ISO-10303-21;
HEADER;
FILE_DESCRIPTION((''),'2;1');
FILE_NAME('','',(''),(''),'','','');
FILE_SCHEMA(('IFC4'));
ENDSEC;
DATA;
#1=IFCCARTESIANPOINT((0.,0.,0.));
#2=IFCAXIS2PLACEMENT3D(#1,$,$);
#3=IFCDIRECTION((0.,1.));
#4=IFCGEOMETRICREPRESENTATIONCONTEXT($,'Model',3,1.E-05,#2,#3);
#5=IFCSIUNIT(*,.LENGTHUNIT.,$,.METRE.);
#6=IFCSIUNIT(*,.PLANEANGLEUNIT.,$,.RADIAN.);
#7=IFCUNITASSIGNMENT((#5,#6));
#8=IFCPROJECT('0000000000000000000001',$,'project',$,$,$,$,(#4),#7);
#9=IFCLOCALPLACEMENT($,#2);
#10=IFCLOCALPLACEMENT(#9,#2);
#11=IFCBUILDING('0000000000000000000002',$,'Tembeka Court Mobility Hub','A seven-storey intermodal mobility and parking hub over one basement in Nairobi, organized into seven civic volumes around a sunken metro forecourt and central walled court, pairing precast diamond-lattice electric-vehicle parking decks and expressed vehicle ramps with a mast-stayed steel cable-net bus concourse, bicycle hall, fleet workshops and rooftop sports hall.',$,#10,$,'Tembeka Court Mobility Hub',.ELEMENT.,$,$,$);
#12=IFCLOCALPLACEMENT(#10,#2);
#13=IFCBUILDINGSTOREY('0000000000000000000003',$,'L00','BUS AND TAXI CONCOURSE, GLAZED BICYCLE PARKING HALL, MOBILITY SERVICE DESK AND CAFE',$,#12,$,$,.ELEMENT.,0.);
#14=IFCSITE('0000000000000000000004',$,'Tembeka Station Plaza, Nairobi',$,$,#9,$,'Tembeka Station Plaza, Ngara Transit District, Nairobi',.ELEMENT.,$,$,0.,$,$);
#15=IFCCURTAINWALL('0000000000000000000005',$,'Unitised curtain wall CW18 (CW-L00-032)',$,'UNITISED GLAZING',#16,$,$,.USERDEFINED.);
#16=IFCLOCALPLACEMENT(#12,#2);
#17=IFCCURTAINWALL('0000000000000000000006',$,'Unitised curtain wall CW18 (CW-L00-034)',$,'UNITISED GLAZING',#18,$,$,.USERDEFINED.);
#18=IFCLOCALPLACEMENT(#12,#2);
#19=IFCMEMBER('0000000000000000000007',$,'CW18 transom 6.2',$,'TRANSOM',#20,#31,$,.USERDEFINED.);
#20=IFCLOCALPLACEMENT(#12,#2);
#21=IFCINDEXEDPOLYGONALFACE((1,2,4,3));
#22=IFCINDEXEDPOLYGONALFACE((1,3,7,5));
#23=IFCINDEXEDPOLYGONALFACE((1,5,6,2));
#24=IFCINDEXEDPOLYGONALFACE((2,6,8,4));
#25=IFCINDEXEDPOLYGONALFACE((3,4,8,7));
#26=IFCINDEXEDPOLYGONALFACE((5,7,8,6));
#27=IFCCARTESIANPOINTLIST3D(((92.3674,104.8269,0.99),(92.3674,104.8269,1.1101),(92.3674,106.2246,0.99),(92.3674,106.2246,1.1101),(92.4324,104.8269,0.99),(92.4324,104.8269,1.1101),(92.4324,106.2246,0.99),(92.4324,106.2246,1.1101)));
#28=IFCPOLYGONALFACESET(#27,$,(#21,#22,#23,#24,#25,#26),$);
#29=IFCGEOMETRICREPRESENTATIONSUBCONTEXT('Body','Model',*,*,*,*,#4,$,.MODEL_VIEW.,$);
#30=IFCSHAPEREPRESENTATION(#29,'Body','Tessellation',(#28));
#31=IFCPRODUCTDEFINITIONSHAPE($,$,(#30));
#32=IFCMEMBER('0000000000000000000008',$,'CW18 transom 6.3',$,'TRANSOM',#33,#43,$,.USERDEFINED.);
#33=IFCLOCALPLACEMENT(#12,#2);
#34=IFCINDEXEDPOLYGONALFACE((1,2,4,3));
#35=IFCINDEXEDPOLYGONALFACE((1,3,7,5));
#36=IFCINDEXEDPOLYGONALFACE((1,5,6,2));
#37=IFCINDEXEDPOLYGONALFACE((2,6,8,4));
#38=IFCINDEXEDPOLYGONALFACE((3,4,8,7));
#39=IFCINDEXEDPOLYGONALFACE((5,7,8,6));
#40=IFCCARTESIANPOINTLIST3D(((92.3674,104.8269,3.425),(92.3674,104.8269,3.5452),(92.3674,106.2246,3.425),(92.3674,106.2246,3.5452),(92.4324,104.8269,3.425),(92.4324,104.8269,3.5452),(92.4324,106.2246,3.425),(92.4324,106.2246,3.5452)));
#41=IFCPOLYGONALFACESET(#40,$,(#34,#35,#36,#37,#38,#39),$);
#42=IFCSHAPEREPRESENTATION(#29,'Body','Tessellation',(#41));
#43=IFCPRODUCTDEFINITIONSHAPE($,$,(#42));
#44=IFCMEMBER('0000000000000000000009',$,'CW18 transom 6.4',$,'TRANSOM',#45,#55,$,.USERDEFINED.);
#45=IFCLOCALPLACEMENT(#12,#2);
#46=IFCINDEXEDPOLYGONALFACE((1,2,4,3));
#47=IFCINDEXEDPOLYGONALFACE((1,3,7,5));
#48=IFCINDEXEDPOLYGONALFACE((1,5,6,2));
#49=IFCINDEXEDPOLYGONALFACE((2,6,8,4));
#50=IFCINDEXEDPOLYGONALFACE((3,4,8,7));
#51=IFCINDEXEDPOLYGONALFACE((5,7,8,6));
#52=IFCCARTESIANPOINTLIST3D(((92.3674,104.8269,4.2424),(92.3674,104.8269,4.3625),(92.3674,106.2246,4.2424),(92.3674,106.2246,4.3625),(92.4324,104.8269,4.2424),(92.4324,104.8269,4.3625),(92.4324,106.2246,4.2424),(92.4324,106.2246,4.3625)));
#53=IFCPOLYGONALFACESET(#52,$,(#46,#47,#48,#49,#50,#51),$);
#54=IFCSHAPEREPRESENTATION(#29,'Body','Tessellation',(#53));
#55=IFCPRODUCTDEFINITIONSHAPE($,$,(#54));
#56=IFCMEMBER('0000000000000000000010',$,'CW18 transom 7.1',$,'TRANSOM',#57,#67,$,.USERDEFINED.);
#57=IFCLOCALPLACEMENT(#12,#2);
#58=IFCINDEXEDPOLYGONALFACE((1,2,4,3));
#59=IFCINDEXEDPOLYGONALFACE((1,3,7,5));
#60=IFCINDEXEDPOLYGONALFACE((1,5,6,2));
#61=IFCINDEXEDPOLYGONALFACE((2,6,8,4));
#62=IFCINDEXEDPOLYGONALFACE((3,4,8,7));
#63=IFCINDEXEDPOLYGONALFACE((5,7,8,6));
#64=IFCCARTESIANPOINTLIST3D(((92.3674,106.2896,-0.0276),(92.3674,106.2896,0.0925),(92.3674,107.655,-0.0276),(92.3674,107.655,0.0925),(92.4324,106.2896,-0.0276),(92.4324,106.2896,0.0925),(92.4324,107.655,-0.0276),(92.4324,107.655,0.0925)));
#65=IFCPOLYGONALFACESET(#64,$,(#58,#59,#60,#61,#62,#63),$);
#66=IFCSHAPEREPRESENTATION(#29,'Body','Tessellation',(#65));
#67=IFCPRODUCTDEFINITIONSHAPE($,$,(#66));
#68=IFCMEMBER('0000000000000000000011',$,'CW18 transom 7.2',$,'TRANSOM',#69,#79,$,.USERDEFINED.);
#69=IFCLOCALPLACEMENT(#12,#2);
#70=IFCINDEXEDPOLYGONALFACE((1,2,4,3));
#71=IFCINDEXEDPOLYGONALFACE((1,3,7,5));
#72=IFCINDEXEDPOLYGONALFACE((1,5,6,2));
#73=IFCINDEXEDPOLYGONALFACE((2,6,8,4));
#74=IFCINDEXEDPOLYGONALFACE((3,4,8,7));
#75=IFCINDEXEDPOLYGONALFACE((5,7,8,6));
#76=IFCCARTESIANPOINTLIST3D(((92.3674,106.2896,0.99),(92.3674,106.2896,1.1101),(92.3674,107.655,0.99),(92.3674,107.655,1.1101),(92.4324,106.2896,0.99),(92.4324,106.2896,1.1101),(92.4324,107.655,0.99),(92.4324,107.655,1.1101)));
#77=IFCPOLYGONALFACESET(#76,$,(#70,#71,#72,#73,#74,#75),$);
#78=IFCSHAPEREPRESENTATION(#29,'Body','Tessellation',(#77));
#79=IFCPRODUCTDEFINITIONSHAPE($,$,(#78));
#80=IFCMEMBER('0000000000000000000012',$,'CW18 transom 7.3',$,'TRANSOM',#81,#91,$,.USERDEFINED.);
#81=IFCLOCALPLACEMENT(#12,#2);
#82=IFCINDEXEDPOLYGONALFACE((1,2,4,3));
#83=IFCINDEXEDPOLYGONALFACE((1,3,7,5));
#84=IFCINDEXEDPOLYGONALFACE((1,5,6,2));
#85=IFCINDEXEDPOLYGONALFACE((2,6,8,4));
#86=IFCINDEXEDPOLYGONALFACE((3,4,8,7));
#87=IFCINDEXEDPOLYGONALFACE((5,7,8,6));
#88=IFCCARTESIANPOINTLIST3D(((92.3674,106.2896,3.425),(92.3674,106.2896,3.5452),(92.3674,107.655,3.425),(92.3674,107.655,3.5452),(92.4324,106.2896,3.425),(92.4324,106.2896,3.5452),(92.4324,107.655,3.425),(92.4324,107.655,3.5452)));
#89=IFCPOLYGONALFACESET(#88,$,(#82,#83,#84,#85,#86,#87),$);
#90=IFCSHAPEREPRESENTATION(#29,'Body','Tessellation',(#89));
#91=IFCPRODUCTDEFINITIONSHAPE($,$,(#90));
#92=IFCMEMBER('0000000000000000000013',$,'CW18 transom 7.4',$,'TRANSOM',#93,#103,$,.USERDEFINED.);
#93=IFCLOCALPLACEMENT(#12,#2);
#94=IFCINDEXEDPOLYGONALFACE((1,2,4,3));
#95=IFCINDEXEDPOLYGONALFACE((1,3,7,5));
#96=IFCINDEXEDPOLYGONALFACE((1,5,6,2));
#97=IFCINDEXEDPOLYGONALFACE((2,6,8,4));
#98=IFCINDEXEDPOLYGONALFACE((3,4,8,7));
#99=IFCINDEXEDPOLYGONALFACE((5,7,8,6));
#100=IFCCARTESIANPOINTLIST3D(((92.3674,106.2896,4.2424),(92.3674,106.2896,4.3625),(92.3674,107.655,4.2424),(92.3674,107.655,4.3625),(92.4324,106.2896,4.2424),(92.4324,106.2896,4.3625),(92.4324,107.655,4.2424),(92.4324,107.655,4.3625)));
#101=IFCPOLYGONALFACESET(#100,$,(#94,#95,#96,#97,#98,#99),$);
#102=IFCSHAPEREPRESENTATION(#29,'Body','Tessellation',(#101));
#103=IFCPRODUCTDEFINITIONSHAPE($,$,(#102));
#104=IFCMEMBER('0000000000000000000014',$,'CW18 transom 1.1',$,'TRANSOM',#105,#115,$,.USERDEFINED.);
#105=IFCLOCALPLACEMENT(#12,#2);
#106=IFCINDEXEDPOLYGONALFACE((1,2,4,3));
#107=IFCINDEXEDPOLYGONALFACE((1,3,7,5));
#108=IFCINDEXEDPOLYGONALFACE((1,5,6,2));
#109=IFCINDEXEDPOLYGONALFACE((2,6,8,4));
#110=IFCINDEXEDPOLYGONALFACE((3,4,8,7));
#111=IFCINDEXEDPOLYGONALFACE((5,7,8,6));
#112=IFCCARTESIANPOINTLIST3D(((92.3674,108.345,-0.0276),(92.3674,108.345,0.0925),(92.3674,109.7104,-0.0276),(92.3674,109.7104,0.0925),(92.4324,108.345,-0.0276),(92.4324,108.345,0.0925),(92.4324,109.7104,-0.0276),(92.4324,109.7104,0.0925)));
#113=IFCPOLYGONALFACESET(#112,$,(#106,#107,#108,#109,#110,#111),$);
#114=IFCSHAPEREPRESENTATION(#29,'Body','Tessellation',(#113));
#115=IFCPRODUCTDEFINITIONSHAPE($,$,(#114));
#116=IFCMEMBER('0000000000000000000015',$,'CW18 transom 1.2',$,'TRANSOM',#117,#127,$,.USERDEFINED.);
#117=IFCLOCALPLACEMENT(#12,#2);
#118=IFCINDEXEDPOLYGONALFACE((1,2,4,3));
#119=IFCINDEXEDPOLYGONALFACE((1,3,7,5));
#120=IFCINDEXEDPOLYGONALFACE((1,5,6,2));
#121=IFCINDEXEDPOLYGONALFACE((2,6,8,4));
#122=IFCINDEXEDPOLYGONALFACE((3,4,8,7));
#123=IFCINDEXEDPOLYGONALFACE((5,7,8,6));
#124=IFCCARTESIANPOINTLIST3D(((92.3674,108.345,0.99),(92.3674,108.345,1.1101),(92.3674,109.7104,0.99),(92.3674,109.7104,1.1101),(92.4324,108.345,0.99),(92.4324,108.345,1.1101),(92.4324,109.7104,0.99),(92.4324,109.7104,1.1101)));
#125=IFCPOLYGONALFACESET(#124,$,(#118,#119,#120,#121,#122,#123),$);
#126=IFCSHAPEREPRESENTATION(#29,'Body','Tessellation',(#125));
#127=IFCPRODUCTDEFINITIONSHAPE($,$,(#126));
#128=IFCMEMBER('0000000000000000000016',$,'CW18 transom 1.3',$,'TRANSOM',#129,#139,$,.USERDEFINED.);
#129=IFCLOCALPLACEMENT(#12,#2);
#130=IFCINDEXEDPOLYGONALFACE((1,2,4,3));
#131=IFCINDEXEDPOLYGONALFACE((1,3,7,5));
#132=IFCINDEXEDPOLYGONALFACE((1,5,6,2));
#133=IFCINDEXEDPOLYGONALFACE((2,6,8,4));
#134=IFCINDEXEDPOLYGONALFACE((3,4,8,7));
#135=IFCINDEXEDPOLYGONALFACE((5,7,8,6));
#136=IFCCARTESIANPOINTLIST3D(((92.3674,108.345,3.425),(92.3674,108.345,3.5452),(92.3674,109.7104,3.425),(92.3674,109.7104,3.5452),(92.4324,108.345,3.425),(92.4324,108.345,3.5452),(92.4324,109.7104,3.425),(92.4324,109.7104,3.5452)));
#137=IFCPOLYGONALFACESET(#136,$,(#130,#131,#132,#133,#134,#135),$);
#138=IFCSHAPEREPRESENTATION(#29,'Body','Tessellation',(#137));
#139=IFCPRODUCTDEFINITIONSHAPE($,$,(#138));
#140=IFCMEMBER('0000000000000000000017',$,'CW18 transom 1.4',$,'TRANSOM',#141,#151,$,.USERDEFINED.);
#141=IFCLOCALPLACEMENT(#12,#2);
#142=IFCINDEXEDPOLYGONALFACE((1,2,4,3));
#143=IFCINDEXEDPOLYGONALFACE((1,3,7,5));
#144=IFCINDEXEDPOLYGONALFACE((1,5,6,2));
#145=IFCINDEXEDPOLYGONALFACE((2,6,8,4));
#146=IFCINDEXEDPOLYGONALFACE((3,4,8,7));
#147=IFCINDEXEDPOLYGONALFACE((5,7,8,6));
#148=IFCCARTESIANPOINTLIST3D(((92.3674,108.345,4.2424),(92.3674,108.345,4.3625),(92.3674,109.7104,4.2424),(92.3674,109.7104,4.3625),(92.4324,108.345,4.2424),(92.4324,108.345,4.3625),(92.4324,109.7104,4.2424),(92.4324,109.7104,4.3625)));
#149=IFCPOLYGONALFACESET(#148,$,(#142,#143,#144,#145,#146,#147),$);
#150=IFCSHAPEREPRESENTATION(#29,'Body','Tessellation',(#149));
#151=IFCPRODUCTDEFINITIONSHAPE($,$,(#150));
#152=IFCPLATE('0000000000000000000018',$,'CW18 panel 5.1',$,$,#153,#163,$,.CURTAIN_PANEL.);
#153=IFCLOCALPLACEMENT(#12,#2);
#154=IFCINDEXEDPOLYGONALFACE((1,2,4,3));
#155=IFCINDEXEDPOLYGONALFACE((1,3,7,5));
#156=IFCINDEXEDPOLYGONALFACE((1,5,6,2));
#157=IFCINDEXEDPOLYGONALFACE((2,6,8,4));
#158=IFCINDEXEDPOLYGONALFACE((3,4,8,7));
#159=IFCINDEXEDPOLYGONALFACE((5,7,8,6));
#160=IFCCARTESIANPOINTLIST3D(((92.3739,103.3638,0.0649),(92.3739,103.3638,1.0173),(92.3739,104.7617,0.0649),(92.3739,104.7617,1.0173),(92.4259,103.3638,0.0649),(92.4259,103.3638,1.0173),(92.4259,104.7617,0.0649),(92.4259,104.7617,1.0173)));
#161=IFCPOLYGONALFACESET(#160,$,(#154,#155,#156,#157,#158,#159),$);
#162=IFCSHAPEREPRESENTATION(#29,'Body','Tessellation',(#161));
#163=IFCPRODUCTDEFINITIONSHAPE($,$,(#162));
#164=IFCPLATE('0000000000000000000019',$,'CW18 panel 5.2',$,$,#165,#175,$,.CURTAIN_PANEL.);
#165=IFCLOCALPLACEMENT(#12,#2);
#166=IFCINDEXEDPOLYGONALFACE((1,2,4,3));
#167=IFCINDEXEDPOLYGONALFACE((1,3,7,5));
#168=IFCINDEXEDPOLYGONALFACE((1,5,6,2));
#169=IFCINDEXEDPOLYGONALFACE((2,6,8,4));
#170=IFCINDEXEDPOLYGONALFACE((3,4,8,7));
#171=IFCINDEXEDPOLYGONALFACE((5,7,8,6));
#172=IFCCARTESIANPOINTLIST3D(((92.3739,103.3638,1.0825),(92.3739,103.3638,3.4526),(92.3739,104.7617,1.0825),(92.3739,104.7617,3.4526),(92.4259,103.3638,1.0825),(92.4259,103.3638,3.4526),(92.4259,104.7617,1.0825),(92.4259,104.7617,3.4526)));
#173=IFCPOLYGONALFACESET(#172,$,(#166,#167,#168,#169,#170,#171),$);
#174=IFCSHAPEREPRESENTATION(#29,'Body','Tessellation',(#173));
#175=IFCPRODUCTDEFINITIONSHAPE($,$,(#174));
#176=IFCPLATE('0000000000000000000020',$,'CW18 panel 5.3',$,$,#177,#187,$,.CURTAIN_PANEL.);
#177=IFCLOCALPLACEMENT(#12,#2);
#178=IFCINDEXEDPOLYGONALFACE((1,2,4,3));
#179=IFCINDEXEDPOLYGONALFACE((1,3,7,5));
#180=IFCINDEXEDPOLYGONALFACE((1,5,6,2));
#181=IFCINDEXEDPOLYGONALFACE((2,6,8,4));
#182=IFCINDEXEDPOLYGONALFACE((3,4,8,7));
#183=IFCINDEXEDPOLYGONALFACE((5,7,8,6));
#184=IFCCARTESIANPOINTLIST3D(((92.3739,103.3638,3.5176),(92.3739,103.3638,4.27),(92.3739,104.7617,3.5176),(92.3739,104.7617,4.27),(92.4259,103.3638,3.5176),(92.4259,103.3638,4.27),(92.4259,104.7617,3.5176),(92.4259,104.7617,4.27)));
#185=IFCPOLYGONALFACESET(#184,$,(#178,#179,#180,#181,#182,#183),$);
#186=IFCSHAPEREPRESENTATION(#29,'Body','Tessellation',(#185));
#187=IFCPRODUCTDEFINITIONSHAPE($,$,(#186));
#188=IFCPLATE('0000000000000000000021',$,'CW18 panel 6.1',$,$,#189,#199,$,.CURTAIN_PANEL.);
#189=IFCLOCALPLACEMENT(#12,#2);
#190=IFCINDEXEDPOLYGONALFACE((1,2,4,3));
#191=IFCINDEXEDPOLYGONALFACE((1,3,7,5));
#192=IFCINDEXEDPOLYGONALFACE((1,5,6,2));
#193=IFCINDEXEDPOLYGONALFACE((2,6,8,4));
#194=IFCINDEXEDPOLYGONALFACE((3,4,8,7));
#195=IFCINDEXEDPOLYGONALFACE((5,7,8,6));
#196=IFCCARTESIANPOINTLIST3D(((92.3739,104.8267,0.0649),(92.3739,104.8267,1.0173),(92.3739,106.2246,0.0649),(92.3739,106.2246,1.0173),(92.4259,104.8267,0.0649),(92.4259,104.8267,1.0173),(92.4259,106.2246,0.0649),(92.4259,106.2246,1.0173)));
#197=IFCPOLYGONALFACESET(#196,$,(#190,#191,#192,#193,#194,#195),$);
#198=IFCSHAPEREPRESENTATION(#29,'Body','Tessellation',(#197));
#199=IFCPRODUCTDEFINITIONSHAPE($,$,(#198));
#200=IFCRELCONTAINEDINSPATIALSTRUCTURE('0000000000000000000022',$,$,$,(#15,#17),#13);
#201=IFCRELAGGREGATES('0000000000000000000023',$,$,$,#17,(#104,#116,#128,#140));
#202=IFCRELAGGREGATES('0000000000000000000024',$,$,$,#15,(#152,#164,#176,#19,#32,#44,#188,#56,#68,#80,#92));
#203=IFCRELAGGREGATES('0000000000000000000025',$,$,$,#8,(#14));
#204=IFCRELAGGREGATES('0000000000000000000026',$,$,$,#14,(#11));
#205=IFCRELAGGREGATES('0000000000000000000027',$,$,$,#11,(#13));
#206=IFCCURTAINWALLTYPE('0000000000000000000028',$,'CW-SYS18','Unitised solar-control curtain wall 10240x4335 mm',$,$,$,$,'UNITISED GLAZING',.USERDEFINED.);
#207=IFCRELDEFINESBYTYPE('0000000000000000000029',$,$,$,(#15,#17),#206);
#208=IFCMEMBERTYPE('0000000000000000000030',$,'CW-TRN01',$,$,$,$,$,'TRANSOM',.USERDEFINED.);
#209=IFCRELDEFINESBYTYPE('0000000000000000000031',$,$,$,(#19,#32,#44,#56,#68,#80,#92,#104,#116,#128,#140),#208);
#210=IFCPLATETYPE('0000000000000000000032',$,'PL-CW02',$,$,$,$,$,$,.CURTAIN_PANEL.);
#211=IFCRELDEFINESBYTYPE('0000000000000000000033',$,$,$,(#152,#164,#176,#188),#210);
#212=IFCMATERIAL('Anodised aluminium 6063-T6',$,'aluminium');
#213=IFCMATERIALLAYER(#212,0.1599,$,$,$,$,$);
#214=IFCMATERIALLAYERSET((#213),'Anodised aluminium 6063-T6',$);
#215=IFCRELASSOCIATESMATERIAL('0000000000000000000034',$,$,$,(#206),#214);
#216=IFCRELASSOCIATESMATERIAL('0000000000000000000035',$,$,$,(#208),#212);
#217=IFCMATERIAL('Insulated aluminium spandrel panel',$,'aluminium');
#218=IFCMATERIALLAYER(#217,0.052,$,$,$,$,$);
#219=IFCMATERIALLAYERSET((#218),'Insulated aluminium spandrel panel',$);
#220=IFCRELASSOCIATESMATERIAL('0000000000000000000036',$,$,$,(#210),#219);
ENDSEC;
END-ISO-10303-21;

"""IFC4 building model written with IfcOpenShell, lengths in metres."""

from ifc_helpers import new_model, si_unit, direction, frame, origin, origin_2d, place, context, subcontext, project, spatial, rectangle, extrude, material, layer, layer_set, material_profile, profile_set, type_object, element, aggregate, save


model = new_model("IFC4")

# Units and contexts
model_context = context("Model", 3, precision=1e-05, world=origin(), true_north=direction((0.0, 1.0)))
body_context = subcontext(model_context, "Body", "Model", "MODEL_VIEW")
ifc_project = project(units=[si_unit("LENGTHUNIT", "METRE"), si_unit("PLANEANGLEUNIT", "RADIAN")], contexts=[model_context])

# Site, building, storey
site_placement = place(None, origin())
site = spatial("IfcSite", under=ifc_project, at=site_placement, Name="Tembeka Station Plaza, Nairobi", LongName="Tembeka Station Plaza, Ngara Transit District, Nairobi", CompositionType="ELEMENT", RefElevation=0.0)
building_placement = place(site_placement, origin())
building = spatial("IfcBuilding", under=site, at=building_placement, Name="Tembeka Court Mobility Hub", Description="A seven-storey intermodal mobility and parking hub over one basement in Nairobi, organized into seven civic volumes around a sunken metro forecourt and central walled court, pairing precast diamond-lattice electric-vehicle parking decks and expressed vehicle ramps with a mast-stayed steel cable-net bus concourse, bicycle hall, fleet workshops and rooftop sports hall.", LongName="Tembeka Court Mobility Hub", CompositionType="ELEMENT")
storey_placement = place(building_placement, origin())
storey = spatial("IfcBuildingStorey", under=building, at=storey_placement, Name="L00", Description="BUS AND TAXI CONCOURSE, GLAZED BICYCLE PARKING HALL, MOBILITY SERVICE DESK AND CAFE", CompositionType="ELEMENT", Elevation=0.0)

# Curtain wall
ifc_material_1 = material(Name="Anodised aluminium 6063-T6", Category="aluminium")
ifc_layer_1 = layer(ifc_material_1, 0.1599)
ifc_layer_set_1 = layer_set([ifc_layer_1], Name="Anodised aluminium 6063-T6")
curtain_wall_type = type_object("IfcCurtainWallType", Name="CW-SYS18", Description="Unitised solar-control curtain wall 10240x4335 mm", ElementType="UNITISED GLAZING", PredefinedType="USERDEFINED", material=ifc_layer_set_1)
curtain_wall_1_placement = place(storey_placement, origin())
curtain_wall_1 = element("IfcCurtainWall", 1, at=curtain_wall_1_placement, inside=storey, type_object=curtain_wall_type, Name="Unitised curtain wall CW18 (CW-L00-032)", ObjectType="UNITISED GLAZING", PredefinedType="USERDEFINED")

# Curtain wall
curtain_wall_2_placement = place(storey_placement, origin())
curtain_wall_2 = element("IfcCurtainWall", 2, at=curtain_wall_2_placement, inside=storey, type_object=curtain_wall_type, Name="Unitised curtain wall CW18 (CW-L00-034)", ObjectType="UNITISED GLAZING", PredefinedType="USERDEFINED")

# Members
ifc_material_profile_1 = material_profile(ifc_material_1, rectangle(XDim=0.0649, YDim=0.1201, at=origin_2d()), Name="ALU-TRN 65x120")
ifc_profile_set_1 = profile_set([ifc_material_profile_1], Name="Anodised aluminium 6063-T6")
member_type_1 = type_object("IfcMemberType", Name="CW-TRN01", ElementType="TRANSOM", PredefinedType="USERDEFINED", material=ifc_profile_set_1)
member_1_placement = place(storey_placement, frame((92.3999, 104.8269, 1.05), z_axis=(0.0, 1.0, 0.0), x_axis=(-1.0, 0.0, 0.0)))
member_1 = element("IfcMember", 3, at=member_1_placement, type_object=member_type_1, Name="CW18 transom 6.2", ObjectType="TRANSOM", PredefinedType="USERDEFINED", context=body_context, shape_type="SweptSolid", body=[
    extrude(rectangle(XDim=0.0649, YDim=0.1201, at=origin_2d()), origin(), (0.0, 0.0, 1.0), 1.3977),
])
member_2_placement = place(storey_placement, frame((92.3999, 104.8269, 3.4851), z_axis=(0.0, 1.0, 0.0), x_axis=(-1.0, 0.0, 0.0)))
member_2 = element("IfcMember", 4, at=member_2_placement, type_object=member_type_1, Name="CW18 transom 6.3", ObjectType="TRANSOM", PredefinedType="USERDEFINED", context=body_context, shape_type="SweptSolid", body=[
    extrude(rectangle(XDim=0.0649, YDim=0.1201, at=origin_2d()), origin(), (0.0, 0.0, 1.0), 1.3977),
])
member_3_placement = place(storey_placement, frame((92.3999, 104.8269, 4.3025), z_axis=(0.0, 1.0, 0.0), x_axis=(-1.0, 0.0, 0.0)))
member_3 = element("IfcMember", 5, at=member_3_placement, type_object=member_type_1, Name="CW18 transom 6.4", ObjectType="TRANSOM", PredefinedType="USERDEFINED", context=body_context, shape_type="SweptSolid", body=[
    extrude(rectangle(XDim=0.0649, YDim=0.1201, at=origin_2d()), origin(), (0.0, 0.0, 1.0), 1.3977),
])
member_4_placement = place(storey_placement, frame((92.3999, 106.2896, 0.0325), z_axis=(0.0, 1.0, 0.0), x_axis=(-1.0, 0.0, 0.0)))
member_4 = element("IfcMember", 6, at=member_4_placement, type_object=member_type_1, Name="CW18 transom 7.1", ObjectType="TRANSOM", PredefinedType="USERDEFINED", context=body_context, shape_type="SweptSolid", body=[
    extrude(rectangle(XDim=0.0649, YDim=0.1201, at=origin_2d()), origin(), (0.0, 0.0, 1.0), 1.3655),
])
member_5_placement = place(storey_placement, frame((92.3999, 106.2896, 1.05), z_axis=(0.0, 1.0, 0.0), x_axis=(-1.0, 0.0, 0.0)))
member_5 = element("IfcMember", 7, at=member_5_placement, type_object=member_type_1, Name="CW18 transom 7.2", ObjectType="TRANSOM", PredefinedType="USERDEFINED", context=body_context, shape_type="SweptSolid", body=[
    extrude(rectangle(XDim=0.0649, YDim=0.1201, at=origin_2d()), origin(), (0.0, 0.0, 1.0), 1.3655),
])
member_6_placement = place(storey_placement, frame((92.3999, 106.2896, 3.4851), z_axis=(0.0, 1.0, 0.0), x_axis=(-1.0, 0.0, 0.0)))
member_6 = element("IfcMember", 8, at=member_6_placement, type_object=member_type_1, Name="CW18 transom 7.3", ObjectType="TRANSOM", PredefinedType="USERDEFINED", context=body_context, shape_type="SweptSolid", body=[
    extrude(rectangle(XDim=0.0649, YDim=0.1201, at=origin_2d()), origin(), (0.0, 0.0, 1.0), 1.3655),
])
member_7_placement = place(storey_placement, frame((92.3999, 106.2896, 4.3025), z_axis=(0.0, 1.0, 0.0), x_axis=(-1.0, 0.0, 0.0)))
member_7 = element("IfcMember", 9, at=member_7_placement, type_object=member_type_1, Name="CW18 transom 7.4", ObjectType="TRANSOM", PredefinedType="USERDEFINED", context=body_context, shape_type="SweptSolid", body=[
    extrude(rectangle(XDim=0.0649, YDim=0.1201, at=origin_2d()), origin(), (0.0, 0.0, 1.0), 1.3655),
])
member_8_placement = place(storey_placement, frame((92.3999, 108.345, 0.0325), z_axis=(0.0, 1.0, 0.0), x_axis=(-1.0, 0.0, 0.0)))
member_8 = element("IfcMember", 10, at=member_8_placement, type_object=member_type_1, Name="CW18 transom 1.1", ObjectType="TRANSOM", PredefinedType="USERDEFINED", context=body_context, shape_type="SweptSolid", body=[
    extrude(rectangle(XDim=0.0649, YDim=0.1201, at=origin_2d()), origin(), (0.0, 0.0, 1.0), 1.3655),
])
member_9_placement = place(storey_placement, frame((92.3999, 108.345, 1.05), z_axis=(0.0, 1.0, 0.0), x_axis=(-1.0, 0.0, 0.0)))
member_9 = element("IfcMember", 11, at=member_9_placement, type_object=member_type_1, Name="CW18 transom 1.2", ObjectType="TRANSOM", PredefinedType="USERDEFINED", context=body_context, shape_type="SweptSolid", body=[
    extrude(rectangle(XDim=0.0649, YDim=0.1201, at=origin_2d()), origin(), (0.0, 0.0, 1.0), 1.3655),
])
member_10_placement = place(storey_placement, frame((92.3999, 108.345, 3.4851), z_axis=(0.0, 1.0, 0.0), x_axis=(-1.0, 0.0, 0.0)))
member_10 = element("IfcMember", 12, at=member_10_placement, type_object=member_type_1, Name="CW18 transom 1.3", ObjectType="TRANSOM", PredefinedType="USERDEFINED", context=body_context, shape_type="SweptSolid", body=[
    extrude(rectangle(XDim=0.0649, YDim=0.1201, at=origin_2d()), origin(), (0.0, 0.0, 1.0), 1.3655),
])
member_11_placement = place(storey_placement, frame((92.3999, 108.345, 4.3025), z_axis=(0.0, 1.0, 0.0), x_axis=(-1.0, 0.0, 0.0)))
member_11 = element("IfcMember", 13, at=member_11_placement, type_object=member_type_1, Name="CW18 transom 1.4", ObjectType="TRANSOM", PredefinedType="USERDEFINED", context=body_context, shape_type="SweptSolid", body=[
    extrude(rectangle(XDim=0.0649, YDim=0.1201, at=origin_2d()), origin(), (0.0, 0.0, 1.0), 1.3655),
])
aggregate(curtain_wall_2, [member_8, member_9, member_10, member_11])

# Plates
ifc_material_2 = material(Name="Insulated aluminium spandrel panel", Category="aluminium")
ifc_layer_2 = layer(ifc_material_2, 0.052)
ifc_layer_set_2 = layer_set([ifc_layer_2], Name="Insulated aluminium spandrel panel")
plate_type = type_object("IfcPlateType", Name="PL-CW02", PredefinedType="CURTAIN_PANEL", material=ifc_layer_set_2)
plate_1_placement = place(storey_placement, frame((92.3999, 104.0627, 0.0649), z_axis=(0.0, 0.0, 1.0), x_axis=(0.0, 1.0, 0.0)))
plate_1 = element("IfcPlate", 14, at=plate_1_placement, type_object=plate_type, Name="CW18 panel 5.1", PredefinedType="CURTAIN_PANEL", context=body_context, shape_type="SweptSolid", body=[
    extrude(rectangle(XDim=1.3979, YDim=0.052, at=origin_2d()), origin(), (0.0, 0.0, 1.0), 0.9524),
])
plate_2_placement = place(storey_placement, frame((92.3999, 104.0627, 1.0825), z_axis=(0.0, 0.0, 1.0), x_axis=(0.0, 1.0, 0.0)))
plate_2 = element("IfcPlate", 15, at=plate_2_placement, type_object=plate_type, Name="CW18 panel 5.2", PredefinedType="CURTAIN_PANEL", context=body_context, shape_type="SweptSolid", body=[
    extrude(rectangle(XDim=1.3979, YDim=0.052, at=origin_2d()), origin(), (0.0, 0.0, 1.0), 2.3701),
])
plate_3_placement = place(storey_placement, frame((92.3999, 104.0627, 3.5176), z_axis=(0.0, 0.0, 1.0), x_axis=(0.0, 1.0, 0.0)))
plate_3 = element("IfcPlate", 16, at=plate_3_placement, type_object=plate_type, Name="CW18 panel 5.3", PredefinedType="CURTAIN_PANEL", context=body_context, shape_type="SweptSolid", body=[
    extrude(rectangle(XDim=1.3979, YDim=0.052, at=origin_2d()), origin(), (0.0, 0.0, 1.0), 0.7524),
])
plate_4_placement = place(storey_placement, frame((92.3999, 105.5256, 0.0649), z_axis=(0.0, 0.0, 1.0), x_axis=(0.0, 1.0, 0.0)))
plate_4 = element("IfcPlate", 17, at=plate_4_placement, type_object=plate_type, Name="CW18 panel 6.1", PredefinedType="CURTAIN_PANEL", context=body_context, shape_type="SweptSolid", body=[
    extrude(rectangle(XDim=1.3979, YDim=0.052, at=origin_2d()), origin(), (0.0, 0.0, 1.0), 0.9524),
])
aggregate(curtain_wall_1, [plate_1, plate_2, plate_3, member_1, member_2, member_3, plate_4, member_4, member_5, member_6, member_7])

save(model, "model.ifc")
